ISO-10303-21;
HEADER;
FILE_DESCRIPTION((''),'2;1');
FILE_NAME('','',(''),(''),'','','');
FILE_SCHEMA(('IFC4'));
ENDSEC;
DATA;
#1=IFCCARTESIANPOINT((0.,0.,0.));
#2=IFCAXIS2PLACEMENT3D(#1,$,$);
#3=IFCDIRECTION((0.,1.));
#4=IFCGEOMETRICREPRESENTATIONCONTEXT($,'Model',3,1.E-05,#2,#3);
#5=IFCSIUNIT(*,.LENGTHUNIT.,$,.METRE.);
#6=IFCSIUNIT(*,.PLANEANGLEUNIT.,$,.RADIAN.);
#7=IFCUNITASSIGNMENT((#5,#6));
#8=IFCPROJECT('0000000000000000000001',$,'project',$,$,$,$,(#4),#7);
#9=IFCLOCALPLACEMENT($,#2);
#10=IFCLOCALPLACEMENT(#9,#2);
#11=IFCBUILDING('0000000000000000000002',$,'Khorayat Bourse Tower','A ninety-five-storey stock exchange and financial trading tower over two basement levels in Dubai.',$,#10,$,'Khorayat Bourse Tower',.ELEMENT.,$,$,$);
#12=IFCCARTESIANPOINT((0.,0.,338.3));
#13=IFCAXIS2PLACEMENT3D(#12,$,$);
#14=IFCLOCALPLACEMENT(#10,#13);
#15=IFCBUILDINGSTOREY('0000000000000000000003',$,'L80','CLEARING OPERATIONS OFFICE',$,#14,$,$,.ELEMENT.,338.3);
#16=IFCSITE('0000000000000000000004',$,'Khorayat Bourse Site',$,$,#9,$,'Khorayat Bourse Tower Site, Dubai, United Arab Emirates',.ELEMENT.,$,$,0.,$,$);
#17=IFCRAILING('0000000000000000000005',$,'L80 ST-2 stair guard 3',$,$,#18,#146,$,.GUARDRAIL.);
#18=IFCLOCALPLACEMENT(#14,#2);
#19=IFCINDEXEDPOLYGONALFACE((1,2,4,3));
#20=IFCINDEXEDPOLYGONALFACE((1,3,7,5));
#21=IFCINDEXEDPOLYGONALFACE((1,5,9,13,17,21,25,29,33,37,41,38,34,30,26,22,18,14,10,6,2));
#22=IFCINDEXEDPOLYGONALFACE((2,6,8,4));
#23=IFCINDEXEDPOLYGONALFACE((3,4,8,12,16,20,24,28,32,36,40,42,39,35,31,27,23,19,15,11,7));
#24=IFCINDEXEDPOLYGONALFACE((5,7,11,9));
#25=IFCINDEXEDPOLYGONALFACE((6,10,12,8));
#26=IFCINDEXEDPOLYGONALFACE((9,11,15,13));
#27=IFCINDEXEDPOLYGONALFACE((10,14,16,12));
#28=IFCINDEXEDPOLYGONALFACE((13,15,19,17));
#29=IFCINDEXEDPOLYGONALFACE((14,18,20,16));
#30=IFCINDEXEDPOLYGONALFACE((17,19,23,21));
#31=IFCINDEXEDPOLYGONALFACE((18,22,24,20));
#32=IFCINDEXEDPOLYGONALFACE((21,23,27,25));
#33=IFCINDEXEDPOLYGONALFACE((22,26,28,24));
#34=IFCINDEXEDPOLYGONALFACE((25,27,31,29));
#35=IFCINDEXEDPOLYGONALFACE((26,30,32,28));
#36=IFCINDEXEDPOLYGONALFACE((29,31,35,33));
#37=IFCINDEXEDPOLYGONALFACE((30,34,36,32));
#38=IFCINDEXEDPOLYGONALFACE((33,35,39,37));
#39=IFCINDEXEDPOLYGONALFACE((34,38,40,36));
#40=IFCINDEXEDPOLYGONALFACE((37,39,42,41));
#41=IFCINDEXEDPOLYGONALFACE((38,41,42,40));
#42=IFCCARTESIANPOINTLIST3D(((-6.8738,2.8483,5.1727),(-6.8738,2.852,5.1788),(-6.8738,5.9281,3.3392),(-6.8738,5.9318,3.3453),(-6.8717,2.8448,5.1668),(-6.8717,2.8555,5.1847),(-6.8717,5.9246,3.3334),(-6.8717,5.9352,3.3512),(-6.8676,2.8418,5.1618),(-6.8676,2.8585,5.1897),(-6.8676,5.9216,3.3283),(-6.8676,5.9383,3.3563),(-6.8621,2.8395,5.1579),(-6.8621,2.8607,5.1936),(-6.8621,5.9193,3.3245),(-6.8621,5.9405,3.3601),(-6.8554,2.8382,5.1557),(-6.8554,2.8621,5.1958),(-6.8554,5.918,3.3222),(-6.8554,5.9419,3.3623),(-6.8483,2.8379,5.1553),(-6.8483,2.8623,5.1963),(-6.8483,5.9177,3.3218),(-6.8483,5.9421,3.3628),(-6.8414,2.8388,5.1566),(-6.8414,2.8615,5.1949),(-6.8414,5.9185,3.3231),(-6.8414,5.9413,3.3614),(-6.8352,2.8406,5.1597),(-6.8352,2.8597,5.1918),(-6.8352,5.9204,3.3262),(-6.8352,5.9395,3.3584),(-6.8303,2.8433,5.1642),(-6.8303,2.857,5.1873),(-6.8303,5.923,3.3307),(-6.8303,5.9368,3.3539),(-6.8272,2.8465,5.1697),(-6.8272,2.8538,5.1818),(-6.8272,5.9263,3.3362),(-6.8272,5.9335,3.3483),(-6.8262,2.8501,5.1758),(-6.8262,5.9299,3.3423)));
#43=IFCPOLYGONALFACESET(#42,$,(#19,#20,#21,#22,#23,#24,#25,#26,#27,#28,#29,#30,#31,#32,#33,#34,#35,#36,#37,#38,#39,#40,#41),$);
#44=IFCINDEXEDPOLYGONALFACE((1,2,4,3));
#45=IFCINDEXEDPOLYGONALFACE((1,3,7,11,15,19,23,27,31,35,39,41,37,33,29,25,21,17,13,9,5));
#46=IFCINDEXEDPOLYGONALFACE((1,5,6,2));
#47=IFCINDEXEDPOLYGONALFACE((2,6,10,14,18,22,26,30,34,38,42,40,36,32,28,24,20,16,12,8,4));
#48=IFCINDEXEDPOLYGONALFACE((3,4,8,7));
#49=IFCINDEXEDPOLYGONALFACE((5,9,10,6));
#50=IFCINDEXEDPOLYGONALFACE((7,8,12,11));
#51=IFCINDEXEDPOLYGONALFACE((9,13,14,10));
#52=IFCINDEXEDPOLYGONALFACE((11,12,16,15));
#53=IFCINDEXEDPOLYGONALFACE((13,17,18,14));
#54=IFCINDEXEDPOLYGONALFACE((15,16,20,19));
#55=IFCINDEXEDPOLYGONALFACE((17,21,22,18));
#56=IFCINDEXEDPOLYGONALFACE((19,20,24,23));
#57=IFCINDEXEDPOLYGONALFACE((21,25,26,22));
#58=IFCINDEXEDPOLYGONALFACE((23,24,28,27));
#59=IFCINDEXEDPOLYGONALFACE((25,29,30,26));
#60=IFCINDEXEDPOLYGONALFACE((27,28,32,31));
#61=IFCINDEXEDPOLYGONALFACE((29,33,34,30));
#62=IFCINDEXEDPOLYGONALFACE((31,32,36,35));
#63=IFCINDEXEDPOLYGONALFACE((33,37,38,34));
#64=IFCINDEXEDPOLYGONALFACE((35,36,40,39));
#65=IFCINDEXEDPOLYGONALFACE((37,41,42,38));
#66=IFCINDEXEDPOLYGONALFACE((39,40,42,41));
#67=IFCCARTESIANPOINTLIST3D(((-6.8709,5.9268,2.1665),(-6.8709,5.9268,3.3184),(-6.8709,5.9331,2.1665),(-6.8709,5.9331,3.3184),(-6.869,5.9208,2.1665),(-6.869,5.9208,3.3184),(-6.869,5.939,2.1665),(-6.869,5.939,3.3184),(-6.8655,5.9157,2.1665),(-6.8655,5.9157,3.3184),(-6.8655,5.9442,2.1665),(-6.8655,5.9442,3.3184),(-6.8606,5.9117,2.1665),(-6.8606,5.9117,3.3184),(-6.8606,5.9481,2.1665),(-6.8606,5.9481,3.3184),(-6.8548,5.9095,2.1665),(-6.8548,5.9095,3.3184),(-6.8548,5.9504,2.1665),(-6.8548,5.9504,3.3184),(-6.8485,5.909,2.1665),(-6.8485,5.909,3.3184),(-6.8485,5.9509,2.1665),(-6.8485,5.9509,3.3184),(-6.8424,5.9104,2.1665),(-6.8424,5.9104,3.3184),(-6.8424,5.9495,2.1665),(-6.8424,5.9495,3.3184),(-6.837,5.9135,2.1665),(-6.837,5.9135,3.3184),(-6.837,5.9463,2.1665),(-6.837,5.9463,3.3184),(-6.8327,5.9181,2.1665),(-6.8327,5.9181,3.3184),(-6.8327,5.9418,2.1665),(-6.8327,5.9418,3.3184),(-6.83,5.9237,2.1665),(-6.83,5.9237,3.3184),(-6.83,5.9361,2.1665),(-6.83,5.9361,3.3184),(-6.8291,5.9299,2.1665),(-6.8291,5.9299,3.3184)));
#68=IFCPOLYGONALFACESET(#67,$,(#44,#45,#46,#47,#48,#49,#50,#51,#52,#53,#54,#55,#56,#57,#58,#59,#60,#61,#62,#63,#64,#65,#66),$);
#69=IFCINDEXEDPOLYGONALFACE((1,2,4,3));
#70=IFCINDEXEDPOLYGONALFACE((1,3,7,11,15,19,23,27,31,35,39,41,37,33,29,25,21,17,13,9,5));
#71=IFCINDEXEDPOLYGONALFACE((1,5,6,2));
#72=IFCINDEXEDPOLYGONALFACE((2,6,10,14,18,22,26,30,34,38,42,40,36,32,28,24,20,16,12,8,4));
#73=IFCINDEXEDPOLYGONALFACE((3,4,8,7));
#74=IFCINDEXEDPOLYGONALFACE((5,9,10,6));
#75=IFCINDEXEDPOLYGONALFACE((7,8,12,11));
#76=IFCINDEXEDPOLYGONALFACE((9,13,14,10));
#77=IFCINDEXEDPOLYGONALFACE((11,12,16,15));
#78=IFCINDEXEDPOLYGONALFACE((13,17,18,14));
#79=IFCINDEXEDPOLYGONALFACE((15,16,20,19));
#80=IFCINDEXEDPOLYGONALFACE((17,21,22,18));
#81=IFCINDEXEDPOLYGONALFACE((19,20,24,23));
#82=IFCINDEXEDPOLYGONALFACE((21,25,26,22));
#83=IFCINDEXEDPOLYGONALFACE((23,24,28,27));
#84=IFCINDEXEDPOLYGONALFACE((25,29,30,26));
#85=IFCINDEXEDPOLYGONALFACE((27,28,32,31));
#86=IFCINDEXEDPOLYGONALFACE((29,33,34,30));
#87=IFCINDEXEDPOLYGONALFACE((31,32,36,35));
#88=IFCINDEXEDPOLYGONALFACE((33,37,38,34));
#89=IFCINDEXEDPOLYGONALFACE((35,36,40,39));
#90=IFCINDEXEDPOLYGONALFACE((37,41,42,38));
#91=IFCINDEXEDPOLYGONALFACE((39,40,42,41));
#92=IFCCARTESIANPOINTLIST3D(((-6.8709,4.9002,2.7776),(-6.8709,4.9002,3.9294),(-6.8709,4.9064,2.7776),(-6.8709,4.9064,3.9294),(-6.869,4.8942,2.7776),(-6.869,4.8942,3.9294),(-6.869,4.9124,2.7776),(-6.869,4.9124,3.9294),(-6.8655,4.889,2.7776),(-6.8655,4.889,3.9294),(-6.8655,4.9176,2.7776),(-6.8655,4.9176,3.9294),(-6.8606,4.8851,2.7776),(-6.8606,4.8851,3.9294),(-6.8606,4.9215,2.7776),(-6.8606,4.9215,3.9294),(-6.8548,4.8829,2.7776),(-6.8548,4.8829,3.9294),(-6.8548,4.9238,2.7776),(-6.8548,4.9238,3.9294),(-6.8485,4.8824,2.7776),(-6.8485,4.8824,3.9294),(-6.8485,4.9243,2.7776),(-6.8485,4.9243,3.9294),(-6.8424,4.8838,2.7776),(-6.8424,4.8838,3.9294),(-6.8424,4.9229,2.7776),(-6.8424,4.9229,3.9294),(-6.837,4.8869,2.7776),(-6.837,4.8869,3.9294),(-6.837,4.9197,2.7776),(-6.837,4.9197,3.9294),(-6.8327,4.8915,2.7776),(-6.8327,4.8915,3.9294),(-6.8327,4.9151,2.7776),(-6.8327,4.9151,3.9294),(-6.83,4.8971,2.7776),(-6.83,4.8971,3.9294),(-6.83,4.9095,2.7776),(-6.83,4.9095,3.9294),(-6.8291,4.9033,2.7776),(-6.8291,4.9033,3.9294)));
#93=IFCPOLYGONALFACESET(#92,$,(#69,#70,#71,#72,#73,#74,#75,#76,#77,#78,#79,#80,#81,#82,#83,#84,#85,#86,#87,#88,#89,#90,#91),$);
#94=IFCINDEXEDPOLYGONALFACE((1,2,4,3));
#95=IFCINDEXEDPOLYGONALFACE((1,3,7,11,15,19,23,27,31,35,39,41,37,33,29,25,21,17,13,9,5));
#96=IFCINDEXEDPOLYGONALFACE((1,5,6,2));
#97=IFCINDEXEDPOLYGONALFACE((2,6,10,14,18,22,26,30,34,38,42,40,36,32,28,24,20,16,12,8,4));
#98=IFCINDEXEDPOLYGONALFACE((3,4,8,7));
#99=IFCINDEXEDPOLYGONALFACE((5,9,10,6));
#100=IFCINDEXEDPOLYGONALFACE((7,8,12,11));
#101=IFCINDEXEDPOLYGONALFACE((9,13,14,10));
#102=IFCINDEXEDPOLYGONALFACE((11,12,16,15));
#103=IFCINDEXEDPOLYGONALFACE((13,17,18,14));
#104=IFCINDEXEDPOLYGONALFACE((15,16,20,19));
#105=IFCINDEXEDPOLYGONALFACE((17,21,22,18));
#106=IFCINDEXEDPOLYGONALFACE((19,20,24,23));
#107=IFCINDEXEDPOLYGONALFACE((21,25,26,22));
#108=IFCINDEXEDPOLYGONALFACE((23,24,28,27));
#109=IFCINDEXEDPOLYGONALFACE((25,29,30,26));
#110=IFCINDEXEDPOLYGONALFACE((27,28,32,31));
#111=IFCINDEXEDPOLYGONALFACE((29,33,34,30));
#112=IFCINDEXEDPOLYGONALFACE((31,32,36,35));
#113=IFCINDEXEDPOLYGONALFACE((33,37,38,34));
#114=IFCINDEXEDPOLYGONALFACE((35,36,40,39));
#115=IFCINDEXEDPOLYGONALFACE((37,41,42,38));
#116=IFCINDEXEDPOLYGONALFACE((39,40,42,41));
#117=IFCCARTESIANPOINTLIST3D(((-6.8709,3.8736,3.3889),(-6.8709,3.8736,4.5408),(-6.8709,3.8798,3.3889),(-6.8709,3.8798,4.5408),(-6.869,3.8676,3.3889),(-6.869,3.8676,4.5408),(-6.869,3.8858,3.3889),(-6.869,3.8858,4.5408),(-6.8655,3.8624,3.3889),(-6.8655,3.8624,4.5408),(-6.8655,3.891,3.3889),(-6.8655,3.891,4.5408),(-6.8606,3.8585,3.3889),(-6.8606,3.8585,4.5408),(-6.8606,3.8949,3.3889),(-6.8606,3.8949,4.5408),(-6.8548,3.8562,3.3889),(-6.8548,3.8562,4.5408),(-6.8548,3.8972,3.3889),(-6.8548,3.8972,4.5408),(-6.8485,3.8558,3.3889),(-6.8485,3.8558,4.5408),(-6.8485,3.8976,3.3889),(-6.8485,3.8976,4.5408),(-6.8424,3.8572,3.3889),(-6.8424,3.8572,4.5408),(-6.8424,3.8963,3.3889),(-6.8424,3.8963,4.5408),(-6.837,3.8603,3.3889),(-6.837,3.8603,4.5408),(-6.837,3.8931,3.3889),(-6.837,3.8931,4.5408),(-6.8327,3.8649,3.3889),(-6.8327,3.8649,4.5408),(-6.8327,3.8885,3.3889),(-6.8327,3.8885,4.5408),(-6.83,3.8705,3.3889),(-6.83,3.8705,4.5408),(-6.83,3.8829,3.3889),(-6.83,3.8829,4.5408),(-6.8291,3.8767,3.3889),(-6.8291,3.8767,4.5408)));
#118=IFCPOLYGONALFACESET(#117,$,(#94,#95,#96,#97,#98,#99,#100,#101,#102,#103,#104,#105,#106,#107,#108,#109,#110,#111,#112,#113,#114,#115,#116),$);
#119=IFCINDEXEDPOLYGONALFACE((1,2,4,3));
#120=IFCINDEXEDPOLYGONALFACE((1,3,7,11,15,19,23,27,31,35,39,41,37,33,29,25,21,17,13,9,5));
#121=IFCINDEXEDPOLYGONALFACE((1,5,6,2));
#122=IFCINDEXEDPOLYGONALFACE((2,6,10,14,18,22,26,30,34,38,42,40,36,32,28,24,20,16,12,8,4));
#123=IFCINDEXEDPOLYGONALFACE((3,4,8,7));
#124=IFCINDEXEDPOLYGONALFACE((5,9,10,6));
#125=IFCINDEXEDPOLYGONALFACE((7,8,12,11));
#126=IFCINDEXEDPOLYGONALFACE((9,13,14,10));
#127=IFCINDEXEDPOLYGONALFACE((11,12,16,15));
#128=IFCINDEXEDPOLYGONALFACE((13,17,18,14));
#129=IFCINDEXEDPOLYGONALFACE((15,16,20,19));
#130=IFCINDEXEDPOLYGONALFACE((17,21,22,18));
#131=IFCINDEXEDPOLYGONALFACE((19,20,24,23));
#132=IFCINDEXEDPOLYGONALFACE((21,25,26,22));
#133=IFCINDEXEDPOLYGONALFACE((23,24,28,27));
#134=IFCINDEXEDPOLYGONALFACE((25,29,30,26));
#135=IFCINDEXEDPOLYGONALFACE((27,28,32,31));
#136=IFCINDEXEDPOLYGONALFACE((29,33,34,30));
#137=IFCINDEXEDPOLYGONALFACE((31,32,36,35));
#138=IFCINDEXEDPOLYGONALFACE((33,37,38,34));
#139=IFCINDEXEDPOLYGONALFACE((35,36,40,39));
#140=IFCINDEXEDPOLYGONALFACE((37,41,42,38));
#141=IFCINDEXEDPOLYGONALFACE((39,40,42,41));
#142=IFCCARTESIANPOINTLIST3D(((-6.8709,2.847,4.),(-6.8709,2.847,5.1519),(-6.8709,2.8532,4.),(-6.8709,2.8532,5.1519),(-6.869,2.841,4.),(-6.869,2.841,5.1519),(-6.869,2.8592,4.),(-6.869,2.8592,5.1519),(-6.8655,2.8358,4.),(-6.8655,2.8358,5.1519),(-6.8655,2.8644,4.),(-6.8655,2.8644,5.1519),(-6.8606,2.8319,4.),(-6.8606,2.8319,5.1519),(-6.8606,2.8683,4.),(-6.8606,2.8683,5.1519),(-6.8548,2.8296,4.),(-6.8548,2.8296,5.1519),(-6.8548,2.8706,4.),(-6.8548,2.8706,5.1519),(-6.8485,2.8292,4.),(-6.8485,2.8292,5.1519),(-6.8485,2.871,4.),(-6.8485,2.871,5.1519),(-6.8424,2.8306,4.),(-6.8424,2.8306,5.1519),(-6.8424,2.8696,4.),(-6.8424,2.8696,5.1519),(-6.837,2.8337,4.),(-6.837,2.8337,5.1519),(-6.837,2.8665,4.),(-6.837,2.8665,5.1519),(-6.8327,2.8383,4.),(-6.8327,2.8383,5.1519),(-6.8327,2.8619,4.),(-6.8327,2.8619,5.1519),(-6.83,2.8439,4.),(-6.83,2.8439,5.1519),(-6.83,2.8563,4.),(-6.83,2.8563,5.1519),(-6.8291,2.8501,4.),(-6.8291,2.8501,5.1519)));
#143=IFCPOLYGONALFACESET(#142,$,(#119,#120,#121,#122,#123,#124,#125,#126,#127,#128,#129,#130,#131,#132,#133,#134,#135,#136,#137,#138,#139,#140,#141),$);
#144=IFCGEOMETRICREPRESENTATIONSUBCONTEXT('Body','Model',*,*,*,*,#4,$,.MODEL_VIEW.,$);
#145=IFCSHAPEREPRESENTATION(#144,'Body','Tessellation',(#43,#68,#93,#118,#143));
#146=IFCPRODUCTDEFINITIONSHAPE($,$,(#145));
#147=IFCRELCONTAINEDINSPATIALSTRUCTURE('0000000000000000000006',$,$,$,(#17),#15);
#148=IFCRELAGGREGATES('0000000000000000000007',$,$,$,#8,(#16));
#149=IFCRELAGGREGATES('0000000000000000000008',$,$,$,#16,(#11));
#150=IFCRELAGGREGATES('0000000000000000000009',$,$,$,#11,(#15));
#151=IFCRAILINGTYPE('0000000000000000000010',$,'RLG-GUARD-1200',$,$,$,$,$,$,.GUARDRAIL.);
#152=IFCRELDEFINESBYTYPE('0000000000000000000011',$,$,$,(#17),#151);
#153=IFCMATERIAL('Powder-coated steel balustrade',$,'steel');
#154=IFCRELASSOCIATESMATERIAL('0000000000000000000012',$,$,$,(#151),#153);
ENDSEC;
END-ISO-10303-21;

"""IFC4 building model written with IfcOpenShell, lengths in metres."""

from ifc_helpers import new_model, si_unit, direction, frame, origin, origin_2d, place, context, subcontext, project, spatial, circle, extrude, source, transform, mapped, material, type_object, element, save


model = new_model("IFC4")

# Units and contexts
model_context = context("Model", 3, precision=1e-05, world=origin(), true_north=direction((0.0, 1.0)))
body_context = subcontext(model_context, "Body", "Model", "MODEL_VIEW")
ifc_project = project(units=[si_unit("LENGTHUNIT", "METRE"), si_unit("PLANEANGLEUNIT", "RADIAN")], contexts=[model_context])

# Site, building, storey
site_placement = place(None, origin())
site = spatial("IfcSite", under=ifc_project, at=site_placement, Name="Khorayat Bourse Site", LongName="Khorayat Bourse Tower Site, Dubai, United Arab Emirates", CompositionType="ELEMENT", RefElevation=0.0)
building_placement = place(site_placement, origin())
building = spatial("IfcBuilding", under=site, at=building_placement, Name="Khorayat Bourse Tower", Description="A ninety-five-storey stock exchange and financial trading tower over two basement levels in Dubai.", LongName="Khorayat Bourse Tower", CompositionType="ELEMENT")
storey_placement = place(building_placement, frame((0.0, 0.0, 338.3)))
storey = spatial("IfcBuildingStorey", under=building, at=storey_placement, Name="L80", Description="CLEARING OPERATIONS OFFICE", CompositionType="ELEMENT", Elevation=338.3)

# Railing
ifc_material_1 = material(Name="Powder-coated steel balustrade", Category="steel")
railing_type_1 = type_object("IfcRailingType", Name="RLG-GUARD-1200", PredefinedType="GUARDRAIL", material=ifc_material_1)
shared_shape_1 = source(origin(), body_context, "Body", "SweptSolid", [
    extrude(circle(Radius=0.0239, at=origin_2d()), frame((0.0, 0.0, 1.1758), z_axis=(0.0, -0.859261, 0.511538), x_axis=(1.0, 0.0, 0.0)), (0.0, 0.0, 1.0), 3.5842),
    extrude(circle(Radius=0.021, at=origin_2d()), origin(), (0.0, 0.0, 1.0), 1.1519),
    extrude(circle(Radius=0.021, at=origin_2d()), frame((0.0, -1.0266, 0.6111)), (0.0, 0.0, 1.0), 1.1519),
    extrude(circle(Radius=0.021, at=origin_2d()), frame((0.0, -2.0532, 1.2224)), (0.0, 0.0, 1.0), 1.1519),
    extrude(circle(Radius=0.021, at=origin_2d()), frame((0.0, -3.0798, 1.8335)), (0.0, 0.0, 1.0), 1.1519),
])
railing_1_placement = place(storey_placement, frame((-6.8501, 5.9299, 2.1665)))
element("IfcRailing", 1, at=railing_1_placement, inside=storey, type_object=railing_type_1, Name="L80 ST-2 stair guard 3", PredefinedType="GUARDRAIL", context=body_context, shape_type="MappedRepresentation", body=[
    mapped(shared_shape_1, transform((0.0, 0.0, 0.0), scale=1.0)),
])

save(model, "model.ifc")
